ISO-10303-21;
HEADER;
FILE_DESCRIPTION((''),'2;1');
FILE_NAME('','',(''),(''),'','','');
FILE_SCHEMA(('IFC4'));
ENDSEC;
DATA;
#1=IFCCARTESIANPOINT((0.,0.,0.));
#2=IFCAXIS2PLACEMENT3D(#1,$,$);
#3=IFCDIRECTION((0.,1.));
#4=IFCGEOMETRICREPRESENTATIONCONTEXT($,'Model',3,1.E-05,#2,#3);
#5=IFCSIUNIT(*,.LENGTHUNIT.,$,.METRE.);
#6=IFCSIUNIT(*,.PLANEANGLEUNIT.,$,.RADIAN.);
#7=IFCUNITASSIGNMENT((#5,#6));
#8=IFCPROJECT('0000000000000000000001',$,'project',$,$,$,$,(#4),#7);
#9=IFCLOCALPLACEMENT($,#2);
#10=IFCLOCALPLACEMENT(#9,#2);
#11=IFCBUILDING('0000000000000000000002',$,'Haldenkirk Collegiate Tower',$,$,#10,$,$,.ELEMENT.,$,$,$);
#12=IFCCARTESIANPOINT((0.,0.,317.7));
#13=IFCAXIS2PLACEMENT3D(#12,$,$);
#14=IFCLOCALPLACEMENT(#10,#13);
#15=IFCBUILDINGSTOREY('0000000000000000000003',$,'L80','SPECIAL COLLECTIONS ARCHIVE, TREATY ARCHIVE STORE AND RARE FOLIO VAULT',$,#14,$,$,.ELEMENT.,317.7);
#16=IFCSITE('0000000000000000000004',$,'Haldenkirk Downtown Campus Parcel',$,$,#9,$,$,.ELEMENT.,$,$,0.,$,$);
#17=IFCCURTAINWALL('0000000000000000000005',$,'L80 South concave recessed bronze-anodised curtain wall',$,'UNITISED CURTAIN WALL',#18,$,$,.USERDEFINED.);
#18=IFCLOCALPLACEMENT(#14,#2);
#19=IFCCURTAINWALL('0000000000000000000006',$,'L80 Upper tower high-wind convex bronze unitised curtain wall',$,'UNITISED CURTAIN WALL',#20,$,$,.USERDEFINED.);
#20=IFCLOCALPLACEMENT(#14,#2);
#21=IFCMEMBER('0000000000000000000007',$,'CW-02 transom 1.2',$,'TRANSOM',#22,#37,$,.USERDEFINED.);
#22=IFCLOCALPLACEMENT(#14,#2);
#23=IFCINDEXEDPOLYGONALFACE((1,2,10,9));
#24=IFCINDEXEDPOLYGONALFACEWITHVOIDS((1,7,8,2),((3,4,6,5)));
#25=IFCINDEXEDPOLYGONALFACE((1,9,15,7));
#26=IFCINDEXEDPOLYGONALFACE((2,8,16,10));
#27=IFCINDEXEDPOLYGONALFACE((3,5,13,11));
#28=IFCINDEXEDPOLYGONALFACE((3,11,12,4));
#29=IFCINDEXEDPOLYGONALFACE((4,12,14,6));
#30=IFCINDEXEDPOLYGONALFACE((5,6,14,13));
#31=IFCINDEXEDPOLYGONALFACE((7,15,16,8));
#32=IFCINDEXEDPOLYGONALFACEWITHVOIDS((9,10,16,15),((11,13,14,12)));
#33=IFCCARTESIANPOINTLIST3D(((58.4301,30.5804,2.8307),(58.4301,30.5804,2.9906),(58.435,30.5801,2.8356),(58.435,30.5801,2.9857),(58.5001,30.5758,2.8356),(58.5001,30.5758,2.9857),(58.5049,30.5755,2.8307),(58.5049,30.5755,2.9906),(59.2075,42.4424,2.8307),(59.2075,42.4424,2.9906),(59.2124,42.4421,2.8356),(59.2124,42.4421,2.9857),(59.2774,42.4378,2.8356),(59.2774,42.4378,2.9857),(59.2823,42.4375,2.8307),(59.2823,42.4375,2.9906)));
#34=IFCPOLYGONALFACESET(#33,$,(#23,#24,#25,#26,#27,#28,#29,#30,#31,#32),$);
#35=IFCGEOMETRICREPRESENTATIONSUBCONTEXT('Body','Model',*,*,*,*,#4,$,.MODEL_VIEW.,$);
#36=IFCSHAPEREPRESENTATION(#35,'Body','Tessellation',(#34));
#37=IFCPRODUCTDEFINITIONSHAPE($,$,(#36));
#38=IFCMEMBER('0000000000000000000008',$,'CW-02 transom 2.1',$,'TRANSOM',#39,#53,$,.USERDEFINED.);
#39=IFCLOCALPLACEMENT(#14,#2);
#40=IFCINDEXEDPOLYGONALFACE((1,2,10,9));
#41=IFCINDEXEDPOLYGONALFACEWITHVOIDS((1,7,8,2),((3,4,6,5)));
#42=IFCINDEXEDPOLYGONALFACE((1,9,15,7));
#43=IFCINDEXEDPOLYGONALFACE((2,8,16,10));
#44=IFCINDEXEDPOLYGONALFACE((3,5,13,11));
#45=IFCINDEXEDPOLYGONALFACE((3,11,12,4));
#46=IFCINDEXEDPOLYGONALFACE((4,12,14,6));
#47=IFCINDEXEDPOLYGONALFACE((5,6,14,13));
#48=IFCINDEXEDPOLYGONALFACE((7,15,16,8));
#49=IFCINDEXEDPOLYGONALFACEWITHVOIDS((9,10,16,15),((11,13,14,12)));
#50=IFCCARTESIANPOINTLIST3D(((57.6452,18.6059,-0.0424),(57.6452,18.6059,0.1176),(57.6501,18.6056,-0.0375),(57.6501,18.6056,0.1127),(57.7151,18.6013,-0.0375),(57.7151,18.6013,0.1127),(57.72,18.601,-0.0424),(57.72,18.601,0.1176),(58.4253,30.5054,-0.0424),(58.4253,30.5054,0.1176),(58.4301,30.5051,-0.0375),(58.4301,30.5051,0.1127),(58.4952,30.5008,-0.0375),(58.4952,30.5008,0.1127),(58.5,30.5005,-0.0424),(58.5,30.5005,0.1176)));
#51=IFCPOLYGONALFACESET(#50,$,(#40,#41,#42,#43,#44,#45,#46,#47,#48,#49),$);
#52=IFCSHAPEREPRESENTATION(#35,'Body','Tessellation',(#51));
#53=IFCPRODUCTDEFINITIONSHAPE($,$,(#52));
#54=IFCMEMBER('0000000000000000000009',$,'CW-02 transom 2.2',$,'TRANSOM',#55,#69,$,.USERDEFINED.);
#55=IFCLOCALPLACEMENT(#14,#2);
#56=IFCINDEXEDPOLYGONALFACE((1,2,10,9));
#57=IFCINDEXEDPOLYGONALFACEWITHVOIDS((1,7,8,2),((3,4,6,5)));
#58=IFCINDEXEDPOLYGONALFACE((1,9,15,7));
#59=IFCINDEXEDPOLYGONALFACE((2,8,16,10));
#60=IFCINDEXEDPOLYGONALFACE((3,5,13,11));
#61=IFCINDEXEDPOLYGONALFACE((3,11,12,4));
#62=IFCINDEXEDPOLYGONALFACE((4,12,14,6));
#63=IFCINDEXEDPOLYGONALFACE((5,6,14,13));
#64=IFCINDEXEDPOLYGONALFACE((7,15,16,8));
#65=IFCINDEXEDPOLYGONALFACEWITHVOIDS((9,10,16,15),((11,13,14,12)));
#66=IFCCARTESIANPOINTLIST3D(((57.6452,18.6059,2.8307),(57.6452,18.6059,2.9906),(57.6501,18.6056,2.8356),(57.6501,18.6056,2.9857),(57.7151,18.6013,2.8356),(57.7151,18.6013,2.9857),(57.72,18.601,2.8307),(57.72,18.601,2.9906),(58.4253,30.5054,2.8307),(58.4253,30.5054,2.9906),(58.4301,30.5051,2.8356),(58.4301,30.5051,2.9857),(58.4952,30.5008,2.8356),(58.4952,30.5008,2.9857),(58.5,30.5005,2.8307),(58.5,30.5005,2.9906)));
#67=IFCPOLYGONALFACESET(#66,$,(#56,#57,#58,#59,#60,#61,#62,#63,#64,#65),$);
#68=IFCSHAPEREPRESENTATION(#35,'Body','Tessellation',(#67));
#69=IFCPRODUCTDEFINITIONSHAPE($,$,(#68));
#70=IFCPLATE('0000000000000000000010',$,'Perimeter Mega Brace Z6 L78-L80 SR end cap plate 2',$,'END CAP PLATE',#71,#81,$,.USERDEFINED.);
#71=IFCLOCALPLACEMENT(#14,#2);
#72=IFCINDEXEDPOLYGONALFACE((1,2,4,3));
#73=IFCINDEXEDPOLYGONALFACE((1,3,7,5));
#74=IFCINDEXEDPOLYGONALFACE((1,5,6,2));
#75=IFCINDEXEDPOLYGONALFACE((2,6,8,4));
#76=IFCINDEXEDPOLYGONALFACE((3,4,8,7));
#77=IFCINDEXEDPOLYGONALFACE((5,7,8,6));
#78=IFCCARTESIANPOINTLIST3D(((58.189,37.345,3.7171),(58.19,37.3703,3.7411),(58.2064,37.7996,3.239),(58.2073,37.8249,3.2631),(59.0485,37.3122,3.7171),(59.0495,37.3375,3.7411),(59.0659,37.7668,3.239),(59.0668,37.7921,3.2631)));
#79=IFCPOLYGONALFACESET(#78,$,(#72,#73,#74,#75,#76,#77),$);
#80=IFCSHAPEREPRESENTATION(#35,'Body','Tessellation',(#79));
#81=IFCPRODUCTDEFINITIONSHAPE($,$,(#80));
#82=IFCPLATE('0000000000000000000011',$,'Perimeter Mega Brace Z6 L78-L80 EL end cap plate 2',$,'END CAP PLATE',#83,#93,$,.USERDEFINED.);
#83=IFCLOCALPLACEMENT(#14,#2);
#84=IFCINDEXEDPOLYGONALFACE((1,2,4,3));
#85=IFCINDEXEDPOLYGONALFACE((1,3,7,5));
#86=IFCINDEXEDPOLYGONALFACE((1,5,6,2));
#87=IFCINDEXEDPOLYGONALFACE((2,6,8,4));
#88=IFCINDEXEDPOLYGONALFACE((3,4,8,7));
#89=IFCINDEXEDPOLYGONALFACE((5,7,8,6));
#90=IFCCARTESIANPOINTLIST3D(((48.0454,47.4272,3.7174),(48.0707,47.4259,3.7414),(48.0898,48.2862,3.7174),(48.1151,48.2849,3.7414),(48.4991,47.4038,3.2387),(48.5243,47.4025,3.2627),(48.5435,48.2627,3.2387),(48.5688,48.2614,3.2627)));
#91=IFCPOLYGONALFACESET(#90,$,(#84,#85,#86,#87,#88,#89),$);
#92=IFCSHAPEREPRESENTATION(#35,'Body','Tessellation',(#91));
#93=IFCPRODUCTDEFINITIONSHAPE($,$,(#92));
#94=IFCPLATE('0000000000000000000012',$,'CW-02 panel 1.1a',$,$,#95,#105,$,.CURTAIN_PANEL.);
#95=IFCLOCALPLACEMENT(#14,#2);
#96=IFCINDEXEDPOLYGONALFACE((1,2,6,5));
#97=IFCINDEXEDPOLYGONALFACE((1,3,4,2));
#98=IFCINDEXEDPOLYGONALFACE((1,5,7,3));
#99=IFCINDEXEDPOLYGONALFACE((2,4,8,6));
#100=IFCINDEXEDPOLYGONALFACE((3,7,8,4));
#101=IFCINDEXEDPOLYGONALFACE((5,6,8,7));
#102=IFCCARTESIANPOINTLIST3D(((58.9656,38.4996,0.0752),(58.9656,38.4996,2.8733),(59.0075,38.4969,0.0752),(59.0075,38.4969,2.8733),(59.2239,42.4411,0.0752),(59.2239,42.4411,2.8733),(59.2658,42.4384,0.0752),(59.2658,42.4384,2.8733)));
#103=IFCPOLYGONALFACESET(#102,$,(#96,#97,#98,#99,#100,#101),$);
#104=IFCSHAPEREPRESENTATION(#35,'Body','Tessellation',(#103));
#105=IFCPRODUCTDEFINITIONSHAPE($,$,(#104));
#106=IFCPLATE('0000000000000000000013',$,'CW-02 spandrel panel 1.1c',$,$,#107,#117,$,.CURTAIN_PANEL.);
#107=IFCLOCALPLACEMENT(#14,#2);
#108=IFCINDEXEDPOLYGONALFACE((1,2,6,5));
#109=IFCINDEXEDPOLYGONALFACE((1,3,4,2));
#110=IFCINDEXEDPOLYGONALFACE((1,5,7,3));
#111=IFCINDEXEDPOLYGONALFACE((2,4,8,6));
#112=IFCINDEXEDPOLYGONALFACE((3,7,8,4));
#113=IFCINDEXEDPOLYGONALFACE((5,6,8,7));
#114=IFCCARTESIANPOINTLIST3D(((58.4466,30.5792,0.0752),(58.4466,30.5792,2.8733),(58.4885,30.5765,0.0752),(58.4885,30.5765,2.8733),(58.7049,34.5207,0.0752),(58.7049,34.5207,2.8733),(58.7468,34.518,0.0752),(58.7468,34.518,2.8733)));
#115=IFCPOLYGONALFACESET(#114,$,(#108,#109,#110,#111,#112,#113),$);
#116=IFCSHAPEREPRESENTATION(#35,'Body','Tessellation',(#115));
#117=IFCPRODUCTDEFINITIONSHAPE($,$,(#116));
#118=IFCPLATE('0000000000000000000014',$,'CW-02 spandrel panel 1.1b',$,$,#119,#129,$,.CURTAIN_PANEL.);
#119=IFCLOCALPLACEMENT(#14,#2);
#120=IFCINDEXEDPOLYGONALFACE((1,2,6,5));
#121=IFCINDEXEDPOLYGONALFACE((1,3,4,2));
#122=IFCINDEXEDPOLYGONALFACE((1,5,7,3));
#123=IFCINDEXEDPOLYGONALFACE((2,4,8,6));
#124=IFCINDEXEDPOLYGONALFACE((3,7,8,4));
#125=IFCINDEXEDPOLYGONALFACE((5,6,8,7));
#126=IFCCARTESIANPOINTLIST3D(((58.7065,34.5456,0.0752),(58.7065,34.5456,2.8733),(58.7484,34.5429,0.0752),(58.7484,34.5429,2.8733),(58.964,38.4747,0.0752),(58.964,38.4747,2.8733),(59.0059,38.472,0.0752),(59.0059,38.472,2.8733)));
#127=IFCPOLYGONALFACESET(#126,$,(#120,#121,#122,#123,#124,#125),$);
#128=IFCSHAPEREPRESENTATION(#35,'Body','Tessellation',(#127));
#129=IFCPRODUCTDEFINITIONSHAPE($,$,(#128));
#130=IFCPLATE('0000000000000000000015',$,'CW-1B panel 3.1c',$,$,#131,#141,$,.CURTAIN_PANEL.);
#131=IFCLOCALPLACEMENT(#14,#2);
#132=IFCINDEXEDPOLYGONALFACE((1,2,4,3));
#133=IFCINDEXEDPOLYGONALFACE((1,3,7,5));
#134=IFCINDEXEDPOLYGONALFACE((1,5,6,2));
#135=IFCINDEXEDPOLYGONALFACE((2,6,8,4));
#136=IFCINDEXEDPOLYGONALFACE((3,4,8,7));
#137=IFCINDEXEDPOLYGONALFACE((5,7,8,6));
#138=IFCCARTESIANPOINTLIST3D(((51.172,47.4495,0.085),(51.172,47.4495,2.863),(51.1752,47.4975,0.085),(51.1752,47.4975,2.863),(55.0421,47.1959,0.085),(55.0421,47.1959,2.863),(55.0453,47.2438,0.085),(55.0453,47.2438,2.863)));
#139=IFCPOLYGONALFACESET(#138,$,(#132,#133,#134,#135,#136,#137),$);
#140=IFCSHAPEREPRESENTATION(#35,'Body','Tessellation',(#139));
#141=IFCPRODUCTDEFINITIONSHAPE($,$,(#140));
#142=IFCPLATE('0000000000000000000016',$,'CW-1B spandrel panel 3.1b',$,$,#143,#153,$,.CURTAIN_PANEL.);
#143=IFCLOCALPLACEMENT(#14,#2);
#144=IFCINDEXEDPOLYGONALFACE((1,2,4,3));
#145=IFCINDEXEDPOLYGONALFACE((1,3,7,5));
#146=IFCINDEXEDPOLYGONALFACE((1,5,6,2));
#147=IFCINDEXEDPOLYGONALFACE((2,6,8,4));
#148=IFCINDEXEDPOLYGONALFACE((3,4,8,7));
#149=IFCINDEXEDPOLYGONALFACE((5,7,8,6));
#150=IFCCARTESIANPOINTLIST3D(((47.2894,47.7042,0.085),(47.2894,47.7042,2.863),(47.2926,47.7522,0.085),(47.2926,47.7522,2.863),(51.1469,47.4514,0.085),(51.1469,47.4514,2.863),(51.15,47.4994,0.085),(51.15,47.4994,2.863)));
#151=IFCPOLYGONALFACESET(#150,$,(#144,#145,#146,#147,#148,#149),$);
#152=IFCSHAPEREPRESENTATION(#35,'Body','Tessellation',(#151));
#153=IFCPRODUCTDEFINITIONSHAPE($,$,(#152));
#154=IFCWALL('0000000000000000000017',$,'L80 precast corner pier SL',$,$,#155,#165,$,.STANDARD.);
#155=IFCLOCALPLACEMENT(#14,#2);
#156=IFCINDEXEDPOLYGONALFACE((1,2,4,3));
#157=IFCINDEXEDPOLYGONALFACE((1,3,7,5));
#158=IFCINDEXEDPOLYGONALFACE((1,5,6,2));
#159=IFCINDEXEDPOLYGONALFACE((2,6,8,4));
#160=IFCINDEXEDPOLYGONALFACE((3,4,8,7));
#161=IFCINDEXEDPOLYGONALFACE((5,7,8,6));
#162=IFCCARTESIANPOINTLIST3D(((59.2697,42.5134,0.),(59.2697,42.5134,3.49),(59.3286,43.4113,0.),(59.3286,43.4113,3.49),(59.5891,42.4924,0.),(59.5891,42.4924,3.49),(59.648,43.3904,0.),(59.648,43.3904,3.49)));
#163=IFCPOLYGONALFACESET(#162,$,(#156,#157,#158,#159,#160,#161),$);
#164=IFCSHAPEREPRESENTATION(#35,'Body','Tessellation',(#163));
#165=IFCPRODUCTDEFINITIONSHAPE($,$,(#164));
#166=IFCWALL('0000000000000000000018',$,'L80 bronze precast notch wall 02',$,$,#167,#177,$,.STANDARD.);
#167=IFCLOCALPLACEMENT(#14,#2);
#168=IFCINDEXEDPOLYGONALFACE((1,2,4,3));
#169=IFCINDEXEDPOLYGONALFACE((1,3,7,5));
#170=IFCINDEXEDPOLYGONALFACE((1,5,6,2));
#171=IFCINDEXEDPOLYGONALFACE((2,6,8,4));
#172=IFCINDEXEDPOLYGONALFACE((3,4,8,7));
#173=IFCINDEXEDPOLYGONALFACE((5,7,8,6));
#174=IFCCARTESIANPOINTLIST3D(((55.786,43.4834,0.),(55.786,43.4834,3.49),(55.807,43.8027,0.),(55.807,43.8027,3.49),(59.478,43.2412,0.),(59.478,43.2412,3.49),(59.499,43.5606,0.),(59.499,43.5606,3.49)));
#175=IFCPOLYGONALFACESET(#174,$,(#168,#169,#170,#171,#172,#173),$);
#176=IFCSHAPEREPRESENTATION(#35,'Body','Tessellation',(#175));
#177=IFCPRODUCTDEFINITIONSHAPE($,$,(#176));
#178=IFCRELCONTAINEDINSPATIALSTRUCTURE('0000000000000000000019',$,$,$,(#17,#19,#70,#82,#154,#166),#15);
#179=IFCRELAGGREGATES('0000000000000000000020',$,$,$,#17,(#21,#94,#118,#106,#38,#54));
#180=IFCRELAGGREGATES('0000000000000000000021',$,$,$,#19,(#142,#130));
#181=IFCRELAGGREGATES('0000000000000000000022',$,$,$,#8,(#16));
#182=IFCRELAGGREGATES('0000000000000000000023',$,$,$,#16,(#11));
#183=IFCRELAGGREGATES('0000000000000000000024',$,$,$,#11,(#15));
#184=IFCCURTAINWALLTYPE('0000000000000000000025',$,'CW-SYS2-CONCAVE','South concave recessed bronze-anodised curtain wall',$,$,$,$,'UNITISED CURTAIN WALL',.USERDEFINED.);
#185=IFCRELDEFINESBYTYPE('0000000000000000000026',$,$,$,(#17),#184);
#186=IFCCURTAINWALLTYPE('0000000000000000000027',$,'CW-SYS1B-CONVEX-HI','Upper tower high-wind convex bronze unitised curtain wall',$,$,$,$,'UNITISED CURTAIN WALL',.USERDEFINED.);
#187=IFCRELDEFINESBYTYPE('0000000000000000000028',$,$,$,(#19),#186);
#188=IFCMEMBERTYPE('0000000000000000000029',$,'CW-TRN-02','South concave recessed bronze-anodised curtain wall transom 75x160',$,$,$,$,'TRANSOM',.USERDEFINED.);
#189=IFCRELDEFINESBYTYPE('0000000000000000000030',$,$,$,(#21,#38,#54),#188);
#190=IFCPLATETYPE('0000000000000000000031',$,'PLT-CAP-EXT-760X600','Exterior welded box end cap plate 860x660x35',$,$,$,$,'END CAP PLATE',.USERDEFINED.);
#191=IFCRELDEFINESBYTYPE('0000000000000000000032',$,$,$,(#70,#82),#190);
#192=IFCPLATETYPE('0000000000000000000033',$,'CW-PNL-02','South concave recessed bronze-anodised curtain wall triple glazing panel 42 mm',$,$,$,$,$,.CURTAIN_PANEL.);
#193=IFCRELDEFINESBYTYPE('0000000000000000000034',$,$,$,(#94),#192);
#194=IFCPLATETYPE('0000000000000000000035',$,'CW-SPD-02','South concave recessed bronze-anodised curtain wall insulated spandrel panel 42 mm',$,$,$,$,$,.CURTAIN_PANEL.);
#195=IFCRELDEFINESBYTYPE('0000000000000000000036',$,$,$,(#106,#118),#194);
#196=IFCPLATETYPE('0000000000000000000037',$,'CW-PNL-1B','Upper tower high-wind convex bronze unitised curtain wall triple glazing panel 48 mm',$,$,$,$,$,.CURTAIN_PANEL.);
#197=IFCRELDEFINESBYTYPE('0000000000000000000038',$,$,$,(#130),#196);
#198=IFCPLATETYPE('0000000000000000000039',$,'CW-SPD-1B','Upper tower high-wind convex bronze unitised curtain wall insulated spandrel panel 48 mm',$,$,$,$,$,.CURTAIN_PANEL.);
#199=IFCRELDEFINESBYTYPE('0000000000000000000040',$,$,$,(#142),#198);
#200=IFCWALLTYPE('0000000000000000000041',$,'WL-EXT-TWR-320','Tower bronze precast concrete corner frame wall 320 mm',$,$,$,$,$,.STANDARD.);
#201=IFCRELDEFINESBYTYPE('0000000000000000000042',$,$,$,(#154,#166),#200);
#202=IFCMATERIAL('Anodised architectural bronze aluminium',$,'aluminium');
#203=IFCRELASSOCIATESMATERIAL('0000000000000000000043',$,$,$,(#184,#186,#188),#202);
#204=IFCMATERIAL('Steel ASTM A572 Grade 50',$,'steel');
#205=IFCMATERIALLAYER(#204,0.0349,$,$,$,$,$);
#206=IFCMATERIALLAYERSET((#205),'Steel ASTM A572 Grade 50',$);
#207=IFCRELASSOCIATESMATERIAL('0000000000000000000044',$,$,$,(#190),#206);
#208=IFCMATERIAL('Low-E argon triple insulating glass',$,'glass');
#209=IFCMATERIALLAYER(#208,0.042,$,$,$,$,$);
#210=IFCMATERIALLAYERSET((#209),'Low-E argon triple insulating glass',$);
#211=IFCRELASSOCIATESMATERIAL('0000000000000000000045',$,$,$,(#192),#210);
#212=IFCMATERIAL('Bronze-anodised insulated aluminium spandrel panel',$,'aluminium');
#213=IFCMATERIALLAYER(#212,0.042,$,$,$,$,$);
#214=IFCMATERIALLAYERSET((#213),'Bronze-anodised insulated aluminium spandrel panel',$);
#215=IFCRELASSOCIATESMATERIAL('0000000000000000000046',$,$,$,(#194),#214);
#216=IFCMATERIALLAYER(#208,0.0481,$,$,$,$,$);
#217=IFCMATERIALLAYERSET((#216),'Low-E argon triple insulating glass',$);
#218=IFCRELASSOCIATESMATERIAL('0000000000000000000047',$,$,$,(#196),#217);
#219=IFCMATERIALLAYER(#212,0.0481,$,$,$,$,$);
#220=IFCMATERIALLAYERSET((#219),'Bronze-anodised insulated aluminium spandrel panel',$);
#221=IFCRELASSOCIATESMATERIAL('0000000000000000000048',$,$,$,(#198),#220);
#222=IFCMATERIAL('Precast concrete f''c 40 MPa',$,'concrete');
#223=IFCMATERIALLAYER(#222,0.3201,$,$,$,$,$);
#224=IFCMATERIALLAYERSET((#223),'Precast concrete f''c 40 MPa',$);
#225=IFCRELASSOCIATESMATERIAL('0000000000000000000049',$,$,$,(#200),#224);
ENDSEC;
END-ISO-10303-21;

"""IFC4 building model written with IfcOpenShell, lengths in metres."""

from ifc_helpers import new_model, si_unit, direction, frame, frame_2d, origin, origin_2d, place, context, subcontext, project, spatial, rectangle, hollow_rectangle, extrude, source, transform, mapped, material, layer, layer_set, material_profile, profile_set, type_object, element, aggregate, save


model = new_model("IFC4")

# Units and contexts
model_context = context("Model", 3, precision=1e-05, world=origin(), true_north=direction((0.0, 1.0)))
body_context = subcontext(model_context, "Body", "Model", "MODEL_VIEW")
ifc_project = project(units=[si_unit("LENGTHUNIT", "METRE"), si_unit("PLANEANGLEUNIT", "RADIAN")], contexts=[model_context])

# Site, building, storey
site_placement = place(None, origin())
site = spatial("IfcSite", under=ifc_project, at=site_placement, Name="Haldenkirk Downtown Campus Parcel", CompositionType="ELEMENT", RefElevation=0.0)
building_placement = place(site_placement, origin())
building = spatial("IfcBuilding", under=site, at=building_placement, Name="Haldenkirk Collegiate Tower", CompositionType="ELEMENT")
storey_placement = place(building_placement, frame((0.0, 0.0, 317.7)))
storey = spatial("IfcBuildingStorey", under=building, at=storey_placement, Name="L80", Description="SPECIAL COLLECTIONS ARCHIVE, TREATY ARCHIVE STORE AND RARE FOLIO VAULT", CompositionType="ELEMENT", Elevation=317.7)

# Shared definitions
ifc_material_1 = material(Name="Steel ASTM A572 Grade 50", Category="steel")

# Curtain wall
ifc_material_2 = material(Name="Anodised architectural bronze aluminium", Category="aluminium")
curtain_wall_type_1 = type_object("IfcCurtainWallType", Name="CW-SYS2-CONCAVE", Description="South concave recessed bronze-anodised curtain wall", ElementType="UNITISED CURTAIN WALL", PredefinedType="USERDEFINED", material=ifc_material_2)
curtain_wall_1_placement = place(storey_placement, origin())
curtain_wall_1 = element("IfcCurtainWall", 1, at=curtain_wall_1_placement, inside=storey, type_object=curtain_wall_type_1, Name="L80 South concave recessed bronze-anodised curtain wall", ObjectType="UNITISED CURTAIN WALL", PredefinedType="USERDEFINED")

# Curtain wall
curtain_wall_type_2 = type_object("IfcCurtainWallType", Name="CW-SYS1B-CONVEX-HI", Description="Upper tower high-wind convex bronze unitised curtain wall", ElementType="UNITISED CURTAIN WALL", PredefinedType="USERDEFINED", material=ifc_material_2)
curtain_wall_2_placement = place(storey_placement, origin())
curtain_wall_2 = element("IfcCurtainWall", 2, at=curtain_wall_2_placement, inside=storey, type_object=curtain_wall_type_2, Name="L80 Upper tower high-wind convex bronze unitised curtain wall", ObjectType="UNITISED CURTAIN WALL", PredefinedType="USERDEFINED")

# Members
ifc_material_profile_1 = material_profile(ifc_material_2, hollow_rectangle(XDim=0.075, YDim=0.1599, WallThickness=0.0049, at=origin_2d()), Name="CW-TRN-02")
ifc_profile_set_1 = profile_set([ifc_material_profile_1], Name="Anodised architectural bronze aluminium")
member_type_1 = type_object("IfcMemberType", Name="CW-TRN-02", Description="South concave recessed bronze-anodised curtain wall transom 75x160", ElementType="TRANSOM", PredefinedType="USERDEFINED", material=ifc_profile_set_1)
member_1_placement = place(storey_placement, frame((59.2449, 42.4399, 2.9106), z_axis=(-0.065392, -0.99786, 0.0), x_axis=(0.99786, -0.065392, 0.0)))
member_1 = element("IfcMember", 3, at=member_1_placement, type_object=member_type_1, Name="CW-02 transom 1.2", ObjectType="TRANSOM", PredefinedType="USERDEFINED", context=body_context, shape_type="SweptSolid", body=[
    extrude(hollow_rectangle(XDim=0.075, YDim=0.1599, WallThickness=0.0049, at=origin_2d()), origin(), (0.0, 0.0, 1.0), 11.8875),
])
member_2_placement = place(storey_placement, frame((58.4626, 30.5029, 0.0376), z_axis=(-0.065412, -0.997858, 0.0), x_axis=(0.997858, -0.065412, 0.0)))
member_2 = element("IfcMember", 4, at=member_2_placement, type_object=member_type_1, Name="CW-02 transom 2.1", ObjectType="TRANSOM", PredefinedType="USERDEFINED", context=body_context, shape_type="SweptSolid", body=[
    extrude(hollow_rectangle(XDim=0.075, YDim=0.1599, WallThickness=0.0049, at=origin_2d()), origin(), (0.0, 0.0, 1.0), 11.925),
])
member_3_placement = place(storey_placement, frame((58.4626, 30.5029, 2.9106), z_axis=(-0.065412, -0.997858, 0.0), x_axis=(0.997858, -0.065412, 0.0)))
member_3 = element("IfcMember", 5, at=member_3_placement, type_object=member_type_1, Name="CW-02 transom 2.2", ObjectType="TRANSOM", PredefinedType="USERDEFINED", context=body_context, shape_type="SweptSolid", body=[
    extrude(hollow_rectangle(XDim=0.075, YDim=0.1599, WallThickness=0.0049, at=origin_2d()), origin(), (0.0, 0.0, 1.0), 11.925),
])

# Plates
ifc_layer_1 = layer(ifc_material_1, 0.0349)
ifc_layer_set_1 = layer_set([ifc_layer_1], Name="Steel ASTM A572 Grade 50")
plate_type_1 = type_object("IfcPlateType", Name="PLT-CAP-EXT-760X600", Description="Exterior welded box end cap plate 860x660x35", ElementType="END CAP PLATE", PredefinedType="USERDEFINED", material=ifc_layer_set_1)
shared_shape_1 = source(origin(), body_context, "Body", "SweptSolid", [
    extrude(rectangle(XDim=0.8601, YDim=0.6599, at=origin_2d()), origin(), (0.0, 0.0, 1.0), 0.0349),
])
for number, where, z_axis, x_axis, name in (
    (6, (58.6274, 37.5559, 3.478), (0.027641, 0.723908, 0.689343), (-0.999272, 0.038155, 0.0), "Perimeter Mega Brace Z6 L78-L80 SR end cap plate 2"),
    (7, (48.2944, 47.845, 3.478), (0.724398, -0.037459, 0.688364), (0.051642, 0.998666, 0.0), "Perimeter Mega Brace Z6 L78-L80 EL end cap plate 2"),
):
    element("IfcPlate", number, at=place(storey_placement, frame(where, z_axis=z_axis, x_axis=x_axis)), inside=storey, type_object=plate_type_1, Name=name, ObjectType="END CAP PLATE", PredefinedType="USERDEFINED", context=body_context, shape_type="MappedRepresentation", body=[
        mapped(shared_shape_1, transform((0.0, 0.0, 0.0), x_axis=(1.0, 0.0, 0.0), y_axis=(0.0, 1.0, 0.0), z_axis=(0.0, 0.0, 1.0), scale=1.0)),
    ])

# Plates
ifc_material_3 = material(Name="Low-E argon triple insulating glass", Category="glass")
ifc_layer_2 = layer(ifc_material_3, 0.042)
ifc_layer_set_2 = layer_set([ifc_layer_2], Name="Low-E argon triple insulating glass")
plate_type_2 = type_object("IfcPlateType", Name="CW-PNL-02", Description="South concave recessed bronze-anodised curtain wall triple glazing panel 42 mm", PredefinedType="CURTAIN_PANEL", material=ifc_layer_set_2)
shared_shape_2 = source(origin(), body_context, "Body", "SweptSolid", [
    extrude(rectangle(XDim=3.95, YDim=0.042, at=origin_2d()), origin(), (0.0, 0.0, 1.0), 2.7981),
])
plate_1_placement = place(storey_placement, frame((59.1157, 40.469, 0.0752), z_axis=(0.0, 0.0, 1.0), x_axis=(-0.065403, -0.997859, 0.0)))
plate_1 = element("IfcPlate", 8, at=plate_1_placement, type_object=plate_type_2, Name="CW-02 panel 1.1a", PredefinedType="CURTAIN_PANEL", context=body_context, shape_type="MappedRepresentation", body=[
    mapped(shared_shape_2, transform((0.0, 0.0, 0.0), x_axis=(1.0, 0.0, 0.0), y_axis=(0.0, 1.0, 0.0), z_axis=(0.0, 0.0, 1.0), scale=1.0)),
])
ifc_material_4 = material(Name="Bronze-anodised insulated aluminium spandrel panel", Category="aluminium")
ifc_layer_3 = layer(ifc_material_4, 0.042)
ifc_layer_set_3 = layer_set([ifc_layer_3], Name="Bronze-anodised insulated aluminium spandrel panel")
plate_type_3 = type_object("IfcPlateType", Name="CW-SPD-02", Description="South concave recessed bronze-anodised curtain wall insulated spandrel panel 42 mm", PredefinedType="CURTAIN_PANEL", material=ifc_layer_set_3)
plate_2_placement = place(storey_placement, frame((58.5967, 32.5486, 0.0752), z_axis=(0.0, 0.0, 1.0), x_axis=(-0.065403, -0.997859, 0.0)))
plate_2 = element("IfcPlate", 9, at=plate_2_placement, type_object=plate_type_3, Name="CW-02 spandrel panel 1.1c", PredefinedType="CURTAIN_PANEL", context=body_context, shape_type="MappedRepresentation", body=[
    mapped(shared_shape_2, transform((0.0, 0.0, 0.0), x_axis=(1.0, 0.0, 0.0), y_axis=(0.0, 1.0, 0.0), z_axis=(0.0, 0.0, 1.0), scale=1.0)),
])
shared_shape_3 = source(origin(), body_context, "Body", "SweptSolid", [
    extrude(rectangle(XDim=3.9375, YDim=0.042, at=origin_2d()), origin(), (0.0, 0.0, 1.0), 2.7981),
])
plate_3_placement = place(storey_placement, frame((58.8562, 36.5088, 0.0752), z_axis=(0.0, 0.0, 1.0), x_axis=(-0.065403, -0.997859, 0.0)))
plate_3 = element("IfcPlate", 10, at=plate_3_placement, type_object=plate_type_3, Name="CW-02 spandrel panel 1.1b", PredefinedType="CURTAIN_PANEL", context=body_context, shape_type="MappedRepresentation", body=[
    mapped(shared_shape_3, transform((0.0, 0.0, 0.0), x_axis=(1.0, 0.0, 0.0), y_axis=(0.0, 1.0, 0.0), z_axis=(0.0, 0.0, 1.0), scale=1.0)),
])
aggregate(curtain_wall_1, [member_1, plate_1, plate_3, plate_2, member_2, member_3])
ifc_layer_4 = layer(ifc_material_3, 0.0481)
ifc_layer_set_4 = layer_set([ifc_layer_4], Name="Low-E argon triple insulating glass")
plate_type_4 = type_object("IfcPlateType", Name="CW-PNL-1B", Description="Upper tower high-wind convex bronze unitised curtain wall triple glazing panel 48 mm", PredefinedType="CURTAIN_PANEL", material=ifc_layer_set_4)
shared_shape_4 = source(origin(), body_context, "Body", "SweptSolid", [
    extrude(rectangle(XDim=3.8784, YDim=0.0481, at=origin_2d()), origin(), (0.0, 0.0, 1.0), 2.7781),
])
plate_4_placement = place(storey_placement, frame((53.1086, 47.3467, 0.085), z_axis=(0.0, 0.0, 1.0), x_axis=(0.997859, -0.065401, 0.0)))
plate_4 = element("IfcPlate", 11, at=plate_4_placement, type_object=plate_type_4, Name="CW-1B panel 3.1c", PredefinedType="CURTAIN_PANEL", context=body_context, shape_type="MappedRepresentation", body=[
    mapped(shared_shape_4, transform((0.0, 0.0, 0.0), x_axis=(1.0, 0.0, 0.0), y_axis=(0.0, 1.0, 0.0), z_axis=(0.0, 0.0, 1.0), scale=1.0)),
])
ifc_layer_5 = layer(ifc_material_4, 0.0481)
ifc_layer_set_5 = layer_set([ifc_layer_5], Name="Bronze-anodised insulated aluminium spandrel panel")
plate_type_5 = type_object("IfcPlateType", Name="CW-SPD-1B", Description="Upper tower high-wind convex bronze unitised curtain wall insulated spandrel panel 48 mm", PredefinedType="CURTAIN_PANEL", material=ifc_layer_set_5)
shared_shape_5 = source(origin(), body_context, "Body", "SweptSolid", [
    extrude(rectangle(XDim=3.8657, YDim=0.0481, at=origin_2d()), origin(), (0.0, 0.0, 1.0), 2.7781),
])
plate_5_placement = place(storey_placement, frame((49.2197, 47.6018, 0.085), z_axis=(0.0, 0.0, 1.0), x_axis=(0.997859, -0.065401, 0.0)))
plate_5 = element("IfcPlate", 12, at=plate_5_placement, type_object=plate_type_5, Name="CW-1B spandrel panel 3.1b", PredefinedType="CURTAIN_PANEL", context=body_context, shape_type="MappedRepresentation", body=[
    mapped(shared_shape_5, transform((0.0, 0.0, 0.0), x_axis=(1.0, 0.0, 0.0), y_axis=(0.0, 1.0, 0.0), z_axis=(0.0, 0.0, 1.0), scale=1.0)),
])
aggregate(curtain_wall_2, [plate_5, plate_4])

# Walls
ifc_material_5 = material(Name="Precast concrete f'c 40 MPa", Category="concrete")
ifc_layer_6 = layer(ifc_material_5, 0.3201)
ifc_layer_set_6 = layer_set([ifc_layer_6], Name="Precast concrete f'c 40 MPa")
wall_type_1 = type_object("IfcWallType", Name="WL-EXT-TWR-320", Description="Tower bronze precast concrete corner frame wall 320 mm", PredefinedType="STANDARD", material=ifc_layer_set_6)
wall_1_placement = place(storey_placement, frame((59.4883, 43.4009, 0.0), z_axis=(0.0, 0.0, 1.0), x_axis=(-0.065385, -0.99786, 0.0)))
element("IfcWall", 13, at=wall_1_placement, inside=storey, type_object=wall_type_1, Name="L80 precast corner pier SL", PredefinedType="STANDARD", context=body_context, shape_type="SweptSolid", body=[
    extrude(rectangle(XDim=0.8999, YDim=0.3201, at=frame_2d((0.45, 0.0))), origin(), (0.0, 0.0, 1.0), 3.49),
])
wall_2_placement = place(storey_placement, frame((55.7964, 43.6431, 0.0), z_axis=(0.0, 0.0, 1.0), x_axis=(0.997855, -0.065459, 0.0)))
element("IfcWall", 14, at=wall_2_placement, inside=storey, type_object=wall_type_1, Name="L80 bronze precast notch wall 02", PredefinedType="STANDARD", context=body_context, shape_type="SweptSolid", body=[
    extrude(rectangle(XDim=3.7, YDim=0.3201, at=frame_2d((1.8501, 0.0))), origin(), (0.0, 0.0, 1.0), 3.49),
])

save(model, "model.ifc")
